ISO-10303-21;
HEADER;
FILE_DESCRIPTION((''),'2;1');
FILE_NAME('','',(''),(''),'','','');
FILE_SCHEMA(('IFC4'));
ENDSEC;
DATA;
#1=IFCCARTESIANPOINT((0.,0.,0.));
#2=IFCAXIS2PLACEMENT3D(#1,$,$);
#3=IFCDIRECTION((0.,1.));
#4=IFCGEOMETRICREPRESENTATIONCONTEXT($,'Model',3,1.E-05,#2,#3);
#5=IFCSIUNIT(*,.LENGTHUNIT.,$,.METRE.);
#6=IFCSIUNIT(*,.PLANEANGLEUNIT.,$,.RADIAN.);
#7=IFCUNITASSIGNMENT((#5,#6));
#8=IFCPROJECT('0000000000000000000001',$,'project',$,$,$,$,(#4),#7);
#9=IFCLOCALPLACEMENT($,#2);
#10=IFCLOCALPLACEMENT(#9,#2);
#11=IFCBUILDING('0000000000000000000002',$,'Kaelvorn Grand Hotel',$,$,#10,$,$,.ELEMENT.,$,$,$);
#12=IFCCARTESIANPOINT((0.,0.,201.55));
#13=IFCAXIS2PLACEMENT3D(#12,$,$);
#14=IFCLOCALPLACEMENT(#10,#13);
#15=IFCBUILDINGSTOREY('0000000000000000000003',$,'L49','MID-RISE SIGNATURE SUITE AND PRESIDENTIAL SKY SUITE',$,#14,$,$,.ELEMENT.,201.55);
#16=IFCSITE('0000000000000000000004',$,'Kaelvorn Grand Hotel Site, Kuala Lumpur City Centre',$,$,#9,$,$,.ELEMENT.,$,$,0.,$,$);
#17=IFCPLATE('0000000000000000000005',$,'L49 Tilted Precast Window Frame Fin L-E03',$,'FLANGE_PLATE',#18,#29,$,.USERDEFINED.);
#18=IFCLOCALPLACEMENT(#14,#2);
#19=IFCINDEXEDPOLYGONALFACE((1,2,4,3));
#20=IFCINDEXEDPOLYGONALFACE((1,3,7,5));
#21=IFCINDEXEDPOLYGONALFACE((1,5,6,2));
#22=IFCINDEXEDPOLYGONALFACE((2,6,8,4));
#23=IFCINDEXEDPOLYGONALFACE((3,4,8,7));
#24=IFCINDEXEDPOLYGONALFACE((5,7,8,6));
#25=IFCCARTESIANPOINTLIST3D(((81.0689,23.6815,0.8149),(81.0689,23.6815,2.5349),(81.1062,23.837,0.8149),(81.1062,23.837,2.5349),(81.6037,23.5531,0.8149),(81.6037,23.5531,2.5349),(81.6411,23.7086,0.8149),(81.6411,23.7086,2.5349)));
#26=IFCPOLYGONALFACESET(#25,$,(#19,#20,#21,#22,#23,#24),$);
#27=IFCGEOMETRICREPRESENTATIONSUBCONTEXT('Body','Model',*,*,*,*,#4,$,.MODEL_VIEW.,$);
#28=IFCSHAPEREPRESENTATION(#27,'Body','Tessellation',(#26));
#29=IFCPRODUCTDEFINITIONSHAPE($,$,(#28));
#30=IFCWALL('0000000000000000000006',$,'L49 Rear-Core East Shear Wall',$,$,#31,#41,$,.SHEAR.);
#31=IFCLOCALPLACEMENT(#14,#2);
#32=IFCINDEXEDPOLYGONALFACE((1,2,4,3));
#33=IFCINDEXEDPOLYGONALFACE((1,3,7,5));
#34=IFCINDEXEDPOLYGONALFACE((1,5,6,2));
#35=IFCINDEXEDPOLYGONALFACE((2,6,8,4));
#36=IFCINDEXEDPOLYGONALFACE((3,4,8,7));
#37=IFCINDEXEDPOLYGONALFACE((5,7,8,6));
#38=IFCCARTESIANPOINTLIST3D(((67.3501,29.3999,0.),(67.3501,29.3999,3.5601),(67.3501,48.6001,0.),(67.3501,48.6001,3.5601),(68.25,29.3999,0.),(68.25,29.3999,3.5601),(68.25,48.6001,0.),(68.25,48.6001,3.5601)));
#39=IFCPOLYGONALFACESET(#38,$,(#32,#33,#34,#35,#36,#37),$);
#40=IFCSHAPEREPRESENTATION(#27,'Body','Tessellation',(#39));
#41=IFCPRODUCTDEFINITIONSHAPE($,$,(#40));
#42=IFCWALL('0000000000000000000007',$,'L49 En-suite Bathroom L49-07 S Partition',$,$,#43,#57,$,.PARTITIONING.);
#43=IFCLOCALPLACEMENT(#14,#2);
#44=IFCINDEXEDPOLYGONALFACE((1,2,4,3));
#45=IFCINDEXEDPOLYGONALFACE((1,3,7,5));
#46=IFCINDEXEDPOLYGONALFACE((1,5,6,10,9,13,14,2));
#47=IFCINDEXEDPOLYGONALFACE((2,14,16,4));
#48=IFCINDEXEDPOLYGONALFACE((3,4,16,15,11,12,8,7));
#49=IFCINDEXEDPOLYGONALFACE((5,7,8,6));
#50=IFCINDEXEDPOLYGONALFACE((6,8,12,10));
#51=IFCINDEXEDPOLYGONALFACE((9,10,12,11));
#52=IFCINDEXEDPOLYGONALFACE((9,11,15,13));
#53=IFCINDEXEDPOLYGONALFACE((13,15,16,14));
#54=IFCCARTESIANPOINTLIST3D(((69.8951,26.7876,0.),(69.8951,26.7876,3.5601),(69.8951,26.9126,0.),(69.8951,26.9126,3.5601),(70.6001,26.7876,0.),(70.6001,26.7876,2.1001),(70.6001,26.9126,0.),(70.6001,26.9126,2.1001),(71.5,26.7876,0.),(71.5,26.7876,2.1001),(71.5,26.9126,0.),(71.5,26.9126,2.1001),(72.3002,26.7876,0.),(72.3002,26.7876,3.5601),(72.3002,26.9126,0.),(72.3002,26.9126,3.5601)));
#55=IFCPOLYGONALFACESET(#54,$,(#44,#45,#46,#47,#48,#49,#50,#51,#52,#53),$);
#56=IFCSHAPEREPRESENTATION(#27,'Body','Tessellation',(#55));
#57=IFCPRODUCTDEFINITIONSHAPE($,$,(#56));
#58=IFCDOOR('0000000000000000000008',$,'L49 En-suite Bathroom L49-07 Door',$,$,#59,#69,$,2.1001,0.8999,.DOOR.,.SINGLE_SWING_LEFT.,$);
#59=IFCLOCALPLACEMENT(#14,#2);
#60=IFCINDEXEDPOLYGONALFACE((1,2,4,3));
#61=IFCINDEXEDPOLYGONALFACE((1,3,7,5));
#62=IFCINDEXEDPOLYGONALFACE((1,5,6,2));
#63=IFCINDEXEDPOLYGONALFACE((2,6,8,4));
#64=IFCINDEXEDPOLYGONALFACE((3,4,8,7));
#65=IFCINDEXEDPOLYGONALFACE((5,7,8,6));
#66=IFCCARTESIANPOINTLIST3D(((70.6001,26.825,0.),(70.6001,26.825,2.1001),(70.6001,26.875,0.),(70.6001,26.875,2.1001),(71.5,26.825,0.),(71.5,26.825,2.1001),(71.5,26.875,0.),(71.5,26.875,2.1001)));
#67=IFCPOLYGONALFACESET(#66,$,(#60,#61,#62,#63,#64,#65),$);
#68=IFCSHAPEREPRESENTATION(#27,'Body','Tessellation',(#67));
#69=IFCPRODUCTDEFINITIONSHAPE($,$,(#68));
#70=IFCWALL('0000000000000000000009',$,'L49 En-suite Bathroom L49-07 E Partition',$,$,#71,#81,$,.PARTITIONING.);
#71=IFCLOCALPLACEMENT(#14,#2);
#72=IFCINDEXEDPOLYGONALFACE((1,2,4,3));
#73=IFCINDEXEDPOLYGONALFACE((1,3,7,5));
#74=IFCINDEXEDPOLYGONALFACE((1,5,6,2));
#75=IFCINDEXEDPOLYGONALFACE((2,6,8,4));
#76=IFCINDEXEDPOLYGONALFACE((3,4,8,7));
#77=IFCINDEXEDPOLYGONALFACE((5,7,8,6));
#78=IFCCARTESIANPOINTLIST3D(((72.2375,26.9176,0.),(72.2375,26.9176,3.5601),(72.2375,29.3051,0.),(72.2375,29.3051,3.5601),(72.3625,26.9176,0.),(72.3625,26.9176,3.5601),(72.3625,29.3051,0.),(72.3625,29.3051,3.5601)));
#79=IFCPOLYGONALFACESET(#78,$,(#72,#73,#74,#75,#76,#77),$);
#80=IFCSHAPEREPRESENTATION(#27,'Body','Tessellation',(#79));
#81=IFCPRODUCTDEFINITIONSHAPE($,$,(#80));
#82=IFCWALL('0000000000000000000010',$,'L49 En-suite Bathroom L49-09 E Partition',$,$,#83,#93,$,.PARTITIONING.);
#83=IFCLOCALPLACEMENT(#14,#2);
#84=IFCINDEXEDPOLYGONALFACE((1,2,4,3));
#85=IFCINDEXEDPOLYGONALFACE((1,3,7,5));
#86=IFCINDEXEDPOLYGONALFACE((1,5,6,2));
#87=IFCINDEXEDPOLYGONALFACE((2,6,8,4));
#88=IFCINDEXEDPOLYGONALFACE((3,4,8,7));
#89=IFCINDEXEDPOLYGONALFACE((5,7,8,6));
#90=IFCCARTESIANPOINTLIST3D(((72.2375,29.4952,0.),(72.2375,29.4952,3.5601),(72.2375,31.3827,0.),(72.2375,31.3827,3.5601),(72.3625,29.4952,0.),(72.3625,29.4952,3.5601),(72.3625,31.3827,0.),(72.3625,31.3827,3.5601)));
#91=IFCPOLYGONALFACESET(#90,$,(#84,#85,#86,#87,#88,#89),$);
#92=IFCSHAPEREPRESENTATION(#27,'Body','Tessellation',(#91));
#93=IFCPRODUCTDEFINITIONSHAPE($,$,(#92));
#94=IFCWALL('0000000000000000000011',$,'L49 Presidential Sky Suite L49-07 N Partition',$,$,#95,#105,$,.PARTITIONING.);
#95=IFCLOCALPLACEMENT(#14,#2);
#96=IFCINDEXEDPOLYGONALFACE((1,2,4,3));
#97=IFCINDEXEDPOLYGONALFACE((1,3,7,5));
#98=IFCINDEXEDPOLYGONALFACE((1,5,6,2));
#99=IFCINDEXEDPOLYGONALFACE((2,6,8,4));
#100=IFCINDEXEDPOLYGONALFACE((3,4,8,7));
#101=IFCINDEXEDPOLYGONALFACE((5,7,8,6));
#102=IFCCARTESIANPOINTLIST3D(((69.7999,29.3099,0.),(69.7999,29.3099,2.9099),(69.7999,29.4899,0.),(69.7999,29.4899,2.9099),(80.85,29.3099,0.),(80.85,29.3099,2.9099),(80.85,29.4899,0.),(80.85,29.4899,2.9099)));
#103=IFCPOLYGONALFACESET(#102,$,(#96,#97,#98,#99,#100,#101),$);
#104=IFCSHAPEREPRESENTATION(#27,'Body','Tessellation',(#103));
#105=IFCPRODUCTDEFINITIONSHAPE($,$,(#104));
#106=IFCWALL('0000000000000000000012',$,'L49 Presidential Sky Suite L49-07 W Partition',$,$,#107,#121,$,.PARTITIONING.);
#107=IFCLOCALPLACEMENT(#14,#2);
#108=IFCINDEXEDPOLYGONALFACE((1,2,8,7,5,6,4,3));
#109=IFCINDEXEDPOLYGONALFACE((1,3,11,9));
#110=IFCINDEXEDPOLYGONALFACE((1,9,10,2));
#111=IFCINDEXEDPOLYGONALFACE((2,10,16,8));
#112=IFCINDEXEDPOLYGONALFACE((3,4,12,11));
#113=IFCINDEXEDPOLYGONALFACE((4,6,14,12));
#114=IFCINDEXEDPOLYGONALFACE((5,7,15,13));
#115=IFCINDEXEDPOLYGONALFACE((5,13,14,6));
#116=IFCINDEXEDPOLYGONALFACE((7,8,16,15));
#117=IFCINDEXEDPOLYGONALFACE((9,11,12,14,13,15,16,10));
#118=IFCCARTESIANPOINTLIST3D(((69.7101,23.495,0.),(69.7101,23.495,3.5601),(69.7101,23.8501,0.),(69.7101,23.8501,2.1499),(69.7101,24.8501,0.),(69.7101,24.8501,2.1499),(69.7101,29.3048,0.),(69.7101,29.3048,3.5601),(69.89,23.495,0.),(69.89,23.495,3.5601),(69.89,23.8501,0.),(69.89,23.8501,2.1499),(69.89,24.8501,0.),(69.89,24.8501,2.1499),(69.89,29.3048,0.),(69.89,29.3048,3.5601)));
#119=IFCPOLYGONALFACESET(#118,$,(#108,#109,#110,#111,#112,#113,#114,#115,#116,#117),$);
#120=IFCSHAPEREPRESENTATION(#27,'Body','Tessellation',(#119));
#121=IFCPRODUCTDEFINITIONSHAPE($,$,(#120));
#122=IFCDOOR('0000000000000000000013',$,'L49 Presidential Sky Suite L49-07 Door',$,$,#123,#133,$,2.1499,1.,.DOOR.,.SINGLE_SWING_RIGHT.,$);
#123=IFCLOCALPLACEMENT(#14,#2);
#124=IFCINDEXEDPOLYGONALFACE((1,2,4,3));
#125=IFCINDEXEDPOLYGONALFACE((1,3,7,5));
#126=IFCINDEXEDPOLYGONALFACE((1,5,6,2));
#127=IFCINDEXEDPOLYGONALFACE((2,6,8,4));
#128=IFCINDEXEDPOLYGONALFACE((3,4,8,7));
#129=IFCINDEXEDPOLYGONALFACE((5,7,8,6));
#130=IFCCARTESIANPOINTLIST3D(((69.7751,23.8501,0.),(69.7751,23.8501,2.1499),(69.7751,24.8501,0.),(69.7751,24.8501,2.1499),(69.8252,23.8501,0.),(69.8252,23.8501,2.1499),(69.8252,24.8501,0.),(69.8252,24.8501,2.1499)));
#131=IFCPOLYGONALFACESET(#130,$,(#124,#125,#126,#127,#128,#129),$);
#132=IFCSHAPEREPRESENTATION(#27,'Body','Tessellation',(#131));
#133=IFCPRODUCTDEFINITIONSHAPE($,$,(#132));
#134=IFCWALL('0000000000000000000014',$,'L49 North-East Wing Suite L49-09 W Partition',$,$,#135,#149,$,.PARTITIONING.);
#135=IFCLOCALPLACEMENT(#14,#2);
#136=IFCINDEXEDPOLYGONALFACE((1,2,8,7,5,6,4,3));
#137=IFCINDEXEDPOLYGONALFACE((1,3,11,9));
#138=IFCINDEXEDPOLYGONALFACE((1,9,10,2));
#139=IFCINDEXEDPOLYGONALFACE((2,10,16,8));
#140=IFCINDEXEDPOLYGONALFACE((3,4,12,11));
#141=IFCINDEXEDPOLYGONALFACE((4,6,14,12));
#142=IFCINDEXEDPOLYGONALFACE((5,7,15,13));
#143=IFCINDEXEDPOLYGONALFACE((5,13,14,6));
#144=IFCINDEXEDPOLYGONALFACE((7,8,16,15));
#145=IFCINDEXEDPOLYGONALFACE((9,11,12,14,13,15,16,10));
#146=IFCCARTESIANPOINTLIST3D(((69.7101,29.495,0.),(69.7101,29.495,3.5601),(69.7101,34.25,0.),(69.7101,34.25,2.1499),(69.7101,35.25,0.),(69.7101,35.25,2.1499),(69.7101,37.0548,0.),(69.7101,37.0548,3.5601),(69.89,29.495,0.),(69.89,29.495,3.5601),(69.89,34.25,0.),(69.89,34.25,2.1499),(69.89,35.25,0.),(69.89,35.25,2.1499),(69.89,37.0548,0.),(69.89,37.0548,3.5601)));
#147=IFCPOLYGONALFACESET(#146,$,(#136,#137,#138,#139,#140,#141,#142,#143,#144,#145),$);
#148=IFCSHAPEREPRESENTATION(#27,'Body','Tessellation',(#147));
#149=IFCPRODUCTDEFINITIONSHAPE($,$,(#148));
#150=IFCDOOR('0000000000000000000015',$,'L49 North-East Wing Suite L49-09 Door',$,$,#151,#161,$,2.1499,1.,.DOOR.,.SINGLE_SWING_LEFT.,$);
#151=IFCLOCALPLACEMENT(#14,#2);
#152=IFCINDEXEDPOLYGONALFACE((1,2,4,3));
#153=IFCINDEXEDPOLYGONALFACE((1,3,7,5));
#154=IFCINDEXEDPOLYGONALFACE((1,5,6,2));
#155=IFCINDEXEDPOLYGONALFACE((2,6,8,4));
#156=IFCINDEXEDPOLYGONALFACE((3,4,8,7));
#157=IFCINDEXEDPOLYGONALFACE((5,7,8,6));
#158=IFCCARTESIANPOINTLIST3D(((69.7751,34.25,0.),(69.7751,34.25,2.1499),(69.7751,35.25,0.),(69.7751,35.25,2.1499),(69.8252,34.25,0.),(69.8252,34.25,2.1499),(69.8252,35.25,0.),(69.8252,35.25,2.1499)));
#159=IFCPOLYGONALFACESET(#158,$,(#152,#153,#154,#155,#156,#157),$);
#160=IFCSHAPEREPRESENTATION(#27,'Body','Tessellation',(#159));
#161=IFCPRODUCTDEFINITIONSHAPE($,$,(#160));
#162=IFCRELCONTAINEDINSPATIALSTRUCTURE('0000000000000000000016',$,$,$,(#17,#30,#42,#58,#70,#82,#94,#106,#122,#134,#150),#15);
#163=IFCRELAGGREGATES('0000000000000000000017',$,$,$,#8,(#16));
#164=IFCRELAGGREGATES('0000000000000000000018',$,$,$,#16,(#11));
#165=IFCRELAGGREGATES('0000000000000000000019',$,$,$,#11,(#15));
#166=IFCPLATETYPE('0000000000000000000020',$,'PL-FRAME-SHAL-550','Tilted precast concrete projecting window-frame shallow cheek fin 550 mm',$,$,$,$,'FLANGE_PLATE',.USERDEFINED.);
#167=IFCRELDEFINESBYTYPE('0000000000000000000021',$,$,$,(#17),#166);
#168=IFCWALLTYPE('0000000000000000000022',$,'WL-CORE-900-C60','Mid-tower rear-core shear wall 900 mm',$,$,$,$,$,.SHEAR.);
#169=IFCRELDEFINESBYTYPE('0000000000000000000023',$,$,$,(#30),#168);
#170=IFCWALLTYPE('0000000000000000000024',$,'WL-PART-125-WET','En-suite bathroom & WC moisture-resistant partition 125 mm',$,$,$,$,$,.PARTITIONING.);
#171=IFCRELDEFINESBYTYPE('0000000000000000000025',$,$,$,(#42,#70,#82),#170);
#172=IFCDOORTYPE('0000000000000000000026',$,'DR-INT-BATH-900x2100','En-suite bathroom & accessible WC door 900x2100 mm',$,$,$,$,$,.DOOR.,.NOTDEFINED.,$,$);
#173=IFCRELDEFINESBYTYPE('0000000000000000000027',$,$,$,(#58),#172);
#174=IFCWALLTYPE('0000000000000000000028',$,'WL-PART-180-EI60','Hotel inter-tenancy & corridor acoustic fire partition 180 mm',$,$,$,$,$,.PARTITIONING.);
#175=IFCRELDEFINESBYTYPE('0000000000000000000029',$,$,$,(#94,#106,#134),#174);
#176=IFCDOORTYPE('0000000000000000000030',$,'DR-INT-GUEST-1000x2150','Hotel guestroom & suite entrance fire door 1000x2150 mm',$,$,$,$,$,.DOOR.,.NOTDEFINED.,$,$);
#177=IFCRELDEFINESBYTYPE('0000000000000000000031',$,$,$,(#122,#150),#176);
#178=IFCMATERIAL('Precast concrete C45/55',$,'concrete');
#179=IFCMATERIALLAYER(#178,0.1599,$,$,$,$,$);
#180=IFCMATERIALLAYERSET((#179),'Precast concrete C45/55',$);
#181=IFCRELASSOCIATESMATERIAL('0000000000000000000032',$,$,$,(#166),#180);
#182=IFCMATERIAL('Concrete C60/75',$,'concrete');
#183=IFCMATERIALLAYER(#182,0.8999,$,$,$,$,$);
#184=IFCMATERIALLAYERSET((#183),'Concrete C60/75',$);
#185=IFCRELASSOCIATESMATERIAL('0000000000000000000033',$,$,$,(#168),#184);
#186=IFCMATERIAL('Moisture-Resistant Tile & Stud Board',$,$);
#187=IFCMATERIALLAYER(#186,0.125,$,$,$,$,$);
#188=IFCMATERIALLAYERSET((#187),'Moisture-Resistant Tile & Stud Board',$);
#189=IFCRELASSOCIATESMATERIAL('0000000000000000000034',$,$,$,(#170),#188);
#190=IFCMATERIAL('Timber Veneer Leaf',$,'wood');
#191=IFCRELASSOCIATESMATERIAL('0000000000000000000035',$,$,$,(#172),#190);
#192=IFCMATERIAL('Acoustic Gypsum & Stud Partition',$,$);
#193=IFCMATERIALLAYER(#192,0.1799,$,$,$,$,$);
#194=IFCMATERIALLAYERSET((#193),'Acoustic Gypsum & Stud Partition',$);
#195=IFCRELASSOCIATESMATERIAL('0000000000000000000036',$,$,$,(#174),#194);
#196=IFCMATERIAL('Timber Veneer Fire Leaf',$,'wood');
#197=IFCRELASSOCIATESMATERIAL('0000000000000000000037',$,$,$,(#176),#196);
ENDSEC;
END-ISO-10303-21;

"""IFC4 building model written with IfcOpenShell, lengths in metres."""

from ifc_helpers import new_model, si_unit, direction, frame, frame_2d, origin, origin_2d, place, context, subcontext, project, spatial, rectangle, extrude, material, layer, layer_set, type_object, element, fill, save


model = new_model("IFC4")

# Units and contexts
model_context = context("Model", 3, precision=1e-05, world=origin(), true_north=direction((0.0, 1.0)))
body_context = subcontext(model_context, "Body", "Model", "MODEL_VIEW")
ifc_project = project(units=[si_unit("LENGTHUNIT", "METRE"), si_unit("PLANEANGLEUNIT", "RADIAN")], contexts=[model_context])

# Site, building, storey
site_placement = place(None, origin())
site = spatial("IfcSite", under=ifc_project, at=site_placement, Name="Kaelvorn Grand Hotel Site, Kuala Lumpur City Centre", CompositionType="ELEMENT", RefElevation=0.0)
building_placement = place(site_placement, origin())
building = spatial("IfcBuilding", under=site, at=building_placement, Name="Kaelvorn Grand Hotel", CompositionType="ELEMENT")
storey_placement = place(building_placement, frame((0.0, 0.0, 201.55)))
storey = spatial("IfcBuildingStorey", under=building, at=storey_placement, Name="L49", Description="MID-RISE SIGNATURE SUITE AND PRESIDENTIAL SKY SUITE", CompositionType="ELEMENT", Elevation=201.55)

# Shared definitions
ifc_material_1 = material(Name="Concrete C60/75", Category="concrete")

# Plate
ifc_material_2 = material(Name="Precast concrete C45/55", Category="concrete")
ifc_layer_1 = layer(ifc_material_2, 0.1599)
ifc_layer_set_1 = layer_set([ifc_layer_1], Name="Precast concrete C45/55")
plate_type_1 = type_object("IfcPlateType", Name="PL-FRAME-SHAL-550", Description="Tilted precast concrete projecting window-frame shallow cheek fin 550 mm", ElementType="FLANGE_PLATE", PredefinedType="USERDEFINED", material=ifc_layer_set_1)
for number, where, z_axis, x_axis, name in (
    (1, (81.355, 23.6951, 0.8149), (0.0, 0.0, 1.0), (0.233445, 0.97237, 0.0), "L49 Tilted Precast Window Frame Fin L-E03"),
):
    element("IfcPlate", number, at=place(storey_placement, frame(where, z_axis=z_axis, x_axis=x_axis)), inside=storey, type_object=plate_type_1, Name=name, ObjectType="FLANGE_PLATE", PredefinedType="USERDEFINED", context=body_context, shape_type="SweptSolid", body=[
        extrude(rectangle(XDim=0.1599, YDim=0.55, at=origin_2d()), origin(), (0.0, 0.0, 1.0), 1.72),
    ])

# Wall
ifc_layer_2 = layer(ifc_material_1, 0.8999)
ifc_layer_set_2 = layer_set([ifc_layer_2], Name="Concrete C60/75")
wall_type_1 = type_object("IfcWallType", Name="WL-CORE-900-C60", Description="Mid-tower rear-core shear wall 900 mm", PredefinedType="SHEAR", material=ifc_layer_set_2)
wall_1_placement = place(storey_placement, frame((67.8, 29.3999, 0.0), z_axis=(0.0, 0.0, 1.0), x_axis=(0.0, 1.0, 0.0)))
element("IfcWall", 2, at=wall_1_placement, inside=storey, type_object=wall_type_1, Name="L49 Rear-Core East Shear Wall", PredefinedType="SHEAR", context=body_context, shape_type="SweptSolid", body=[
    extrude(rectangle(XDim=19.2002, YDim=0.8999, at=frame_2d((9.6001, 0.0))), origin(), (0.0, 0.0, 1.0), 3.5601),
])

# Wall, opening, door
ifc_material_3 = material(Name="Moisture-Resistant Tile & Stud Board")
ifc_layer_3 = layer(ifc_material_3, 0.125)
ifc_layer_set_3 = layer_set([ifc_layer_3], Name="Moisture-Resistant Tile & Stud Board")
wall_type_2 = type_object("IfcWallType", Name="WL-PART-125-WET", Description="En-suite bathroom & WC moisture-resistant partition 125 mm", PredefinedType="PARTITIONING", material=ifc_layer_set_3)
wall_2_placement = place(storey_placement, frame((69.895, 26.8501, 0.0), z_axis=(0.0, 0.0, 1.0), x_axis=(1.0, 0.0, 0.0)))
wall_2 = element("IfcWall", 3, at=wall_2_placement, inside=storey, type_object=wall_type_2, Name="L49 En-suite Bathroom L49-07 S Partition", PredefinedType="PARTITIONING", context=body_context, shape_type="SweptSolid", body=[
    extrude(rectangle(XDim=2.405, YDim=0.125, at=frame_2d((1.2026, 0.0))), origin(), (0.0, 0.0, 1.0), 3.5601),
])
opening_1_placement = place(wall_2_placement, frame((0.7051, 0.0, 0.0)))
opening_1 = element("IfcOpeningElement", 4, at=opening_1_placement, cuts=wall_2, PredefinedType="OPENING", context=body_context, shape_type="SweptSolid", body=[
    extrude(rectangle(XDim=0.8999, YDim=2.1001, at=frame_2d((0.45, 1.05))), frame((0.0, 0.0725, 0.0), z_axis=(0.0, -1.0, 0.0), x_axis=(1.0, 0.0, 0.0)), (0.0, 0.0, 1.0), 0.145),
])
ifc_material_4 = material(Name="Timber Veneer Leaf", Category="wood")
door_type_1 = type_object("IfcDoorType", Name="DR-INT-BATH-900x2100", Description="En-suite bathroom & accessible WC door 900x2100 mm", OperationType="NOTDEFINED", PredefinedType="DOOR", material=ifc_material_4)
door_1_placement = place(opening_1_placement, origin())
door_1 = element("IfcDoor", 5, at=door_1_placement, inside=storey, type_object=door_type_1, Name="L49 En-suite Bathroom L49-07 Door", OperationType="SINGLE_SWING_LEFT", OverallHeight=2.1001, OverallWidth=0.8999, PredefinedType="DOOR", context=body_context, shape_type="SweptSolid", body=[
    extrude(rectangle(XDim=0.8999, YDim=2.1001, at=frame_2d((0.45, 1.05))), frame((0.0, 0.0249, 0.0), z_axis=(0.0, -1.0, 0.0), x_axis=(1.0, 0.0, 0.0)), (0.0, 0.0, 1.0), 0.05),
])
fill(opening_1, door_1)

# Walls
wall_3_placement = place(storey_placement, frame((72.3, 26.9175, 0.0), z_axis=(0.0, 0.0, 1.0), x_axis=(0.0, 1.0, 0.0)))
element("IfcWall", 6, at=wall_3_placement, inside=storey, type_object=wall_type_2, Name="L49 En-suite Bathroom L49-07 E Partition", PredefinedType="PARTITIONING", context=body_context, shape_type="SweptSolid", body=[
    extrude(rectangle(XDim=2.3875, YDim=0.125, at=frame_2d((1.1938, 0.0))), origin(), (0.0, 0.0, 1.0), 3.5601),
])
wall_4_placement = place(storey_placement, frame((72.3, 29.4951, 0.0), z_axis=(0.0, 0.0, 1.0), x_axis=(0.0, 1.0, 0.0)))
element("IfcWall", 7, at=wall_4_placement, inside=storey, type_object=wall_type_2, Name="L49 En-suite Bathroom L49-09 E Partition", PredefinedType="PARTITIONING", context=body_context, shape_type="SweptSolid", body=[
    extrude(rectangle(XDim=1.8875, YDim=0.125, at=frame_2d((0.9438, 0.0))), origin(), (0.0, 0.0, 1.0), 3.5601),
])
ifc_material_5 = material(Name="Acoustic Gypsum & Stud Partition")
ifc_layer_4 = layer(ifc_material_5, 0.1799)
ifc_layer_set_4 = layer_set([ifc_layer_4], Name="Acoustic Gypsum & Stud Partition")
wall_type_3 = type_object("IfcWallType", Name="WL-PART-180-EI60", Description="Hotel inter-tenancy & corridor acoustic fire partition 180 mm", PredefinedType="PARTITIONING", material=ifc_layer_set_4)
wall_5_placement = place(storey_placement, frame((69.8, 29.3999, 0.0), z_axis=(0.0, 0.0, 1.0), x_axis=(1.0, 0.0, 0.0)))
element("IfcWall", 8, at=wall_5_placement, inside=storey, type_object=wall_type_3, Name="L49 Presidential Sky Suite L49-07 N Partition", PredefinedType="PARTITIONING", context=body_context, shape_type="SweptSolid", body=[
    extrude(rectangle(XDim=11.05, YDim=0.1799, at=frame_2d((5.5249, 0.0))), origin(), (0.0, 0.0, 1.0), 2.9099),
])

# Walls, openings, doors
wall_6_placement = place(storey_placement, frame((69.8, 23.4951, 0.0), z_axis=(0.0, 0.0, 1.0), x_axis=(0.0, 1.0, 0.0)))
wall_6 = element("IfcWall", 9, at=wall_6_placement, inside=storey, type_object=wall_type_3, Name="L49 Presidential Sky Suite L49-07 W Partition", PredefinedType="PARTITIONING", context=body_context, shape_type="SweptSolid", body=[
    extrude(rectangle(XDim=5.8098, YDim=0.1799, at=frame_2d((2.9048, 0.0))), origin(), (0.0, 0.0, 1.0), 3.5601),
])
opening_2_placement = place(wall_6_placement, frame((0.355, 0.0, 0.0)))
opening_2 = element("IfcOpeningElement", 10, at=opening_2_placement, cuts=wall_6, PredefinedType="OPENING", context=body_context, shape_type="SweptSolid", body=[
    extrude(rectangle(XDim=1.0, YDim=2.1499, at=frame_2d((0.5, 1.075))), frame((0.0, 0.1001, 0.0), z_axis=(0.0, -1.0, 0.0), x_axis=(1.0, 0.0, 0.0)), (0.0, 0.0, 1.0), 0.2),
])
ifc_material_6 = material(Name="Timber Veneer Fire Leaf", Category="wood")
door_type_2 = type_object("IfcDoorType", Name="DR-INT-GUEST-1000x2150", Description="Hotel guestroom & suite entrance fire door 1000x2150 mm", OperationType="NOTDEFINED", PredefinedType="DOOR", material=ifc_material_6)
door_2_placement = place(opening_2_placement, origin())
door_2 = element("IfcDoor", 11, at=door_2_placement, inside=storey, type_object=door_type_2, Name="L49 Presidential Sky Suite L49-07 Door", OperationType="SINGLE_SWING_RIGHT", OverallHeight=2.1499, OverallWidth=1.0, PredefinedType="DOOR", context=body_context, shape_type="SweptSolid", body=[
    extrude(rectangle(XDim=1.0, YDim=2.1499, at=frame_2d((0.5, 1.075))), frame((0.0, 0.0249, 0.0), z_axis=(0.0, -1.0, 0.0), x_axis=(1.0, 0.0, 0.0)), (0.0, 0.0, 1.0), 0.05),
])
fill(opening_2, door_2)
wall_7_placement = place(storey_placement, frame((69.8, 29.4951, 0.0), z_axis=(0.0, 0.0, 1.0), x_axis=(0.0, 1.0, 0.0)))
wall_7 = element("IfcWall", 12, at=wall_7_placement, inside=storey, type_object=wall_type_3, Name="L49 North-East Wing Suite L49-09 W Partition", PredefinedType="PARTITIONING", context=body_context, shape_type="SweptSolid", body=[
    extrude(rectangle(XDim=7.5598, YDim=0.1799, at=frame_2d((3.7798, 0.0))), origin(), (0.0, 0.0, 1.0), 3.5601),
])
opening_3_placement = place(wall_7_placement, frame((4.7549, 0.0, 0.0)))
opening_3 = element("IfcOpeningElement", 13, at=opening_3_placement, cuts=wall_7, PredefinedType="OPENING", context=body_context, shape_type="SweptSolid", body=[
    extrude(rectangle(XDim=1.0, YDim=2.1499, at=frame_2d((0.5, 1.075))), frame((0.0, 0.1001, 0.0), z_axis=(0.0, -1.0, 0.0), x_axis=(1.0, 0.0, 0.0)), (0.0, 0.0, 1.0), 0.2),
])
door_3_placement = place(opening_3_placement, origin())
door_3 = element("IfcDoor", 14, at=door_3_placement, inside=storey, type_object=door_type_2, Name="L49 North-East Wing Suite L49-09 Door", OperationType="SINGLE_SWING_LEFT", OverallHeight=2.1499, OverallWidth=1.0, PredefinedType="DOOR", context=body_context, shape_type="SweptSolid", body=[
    extrude(rectangle(XDim=1.0, YDim=2.1499, at=frame_2d((0.5, 1.075))), frame((0.0, 0.0249, 0.0), z_axis=(0.0, -1.0, 0.0), x_axis=(1.0, 0.0, 0.0)), (0.0, 0.0, 1.0), 0.05),
])
fill(opening_3, door_3)

save(model, "model.ifc")
